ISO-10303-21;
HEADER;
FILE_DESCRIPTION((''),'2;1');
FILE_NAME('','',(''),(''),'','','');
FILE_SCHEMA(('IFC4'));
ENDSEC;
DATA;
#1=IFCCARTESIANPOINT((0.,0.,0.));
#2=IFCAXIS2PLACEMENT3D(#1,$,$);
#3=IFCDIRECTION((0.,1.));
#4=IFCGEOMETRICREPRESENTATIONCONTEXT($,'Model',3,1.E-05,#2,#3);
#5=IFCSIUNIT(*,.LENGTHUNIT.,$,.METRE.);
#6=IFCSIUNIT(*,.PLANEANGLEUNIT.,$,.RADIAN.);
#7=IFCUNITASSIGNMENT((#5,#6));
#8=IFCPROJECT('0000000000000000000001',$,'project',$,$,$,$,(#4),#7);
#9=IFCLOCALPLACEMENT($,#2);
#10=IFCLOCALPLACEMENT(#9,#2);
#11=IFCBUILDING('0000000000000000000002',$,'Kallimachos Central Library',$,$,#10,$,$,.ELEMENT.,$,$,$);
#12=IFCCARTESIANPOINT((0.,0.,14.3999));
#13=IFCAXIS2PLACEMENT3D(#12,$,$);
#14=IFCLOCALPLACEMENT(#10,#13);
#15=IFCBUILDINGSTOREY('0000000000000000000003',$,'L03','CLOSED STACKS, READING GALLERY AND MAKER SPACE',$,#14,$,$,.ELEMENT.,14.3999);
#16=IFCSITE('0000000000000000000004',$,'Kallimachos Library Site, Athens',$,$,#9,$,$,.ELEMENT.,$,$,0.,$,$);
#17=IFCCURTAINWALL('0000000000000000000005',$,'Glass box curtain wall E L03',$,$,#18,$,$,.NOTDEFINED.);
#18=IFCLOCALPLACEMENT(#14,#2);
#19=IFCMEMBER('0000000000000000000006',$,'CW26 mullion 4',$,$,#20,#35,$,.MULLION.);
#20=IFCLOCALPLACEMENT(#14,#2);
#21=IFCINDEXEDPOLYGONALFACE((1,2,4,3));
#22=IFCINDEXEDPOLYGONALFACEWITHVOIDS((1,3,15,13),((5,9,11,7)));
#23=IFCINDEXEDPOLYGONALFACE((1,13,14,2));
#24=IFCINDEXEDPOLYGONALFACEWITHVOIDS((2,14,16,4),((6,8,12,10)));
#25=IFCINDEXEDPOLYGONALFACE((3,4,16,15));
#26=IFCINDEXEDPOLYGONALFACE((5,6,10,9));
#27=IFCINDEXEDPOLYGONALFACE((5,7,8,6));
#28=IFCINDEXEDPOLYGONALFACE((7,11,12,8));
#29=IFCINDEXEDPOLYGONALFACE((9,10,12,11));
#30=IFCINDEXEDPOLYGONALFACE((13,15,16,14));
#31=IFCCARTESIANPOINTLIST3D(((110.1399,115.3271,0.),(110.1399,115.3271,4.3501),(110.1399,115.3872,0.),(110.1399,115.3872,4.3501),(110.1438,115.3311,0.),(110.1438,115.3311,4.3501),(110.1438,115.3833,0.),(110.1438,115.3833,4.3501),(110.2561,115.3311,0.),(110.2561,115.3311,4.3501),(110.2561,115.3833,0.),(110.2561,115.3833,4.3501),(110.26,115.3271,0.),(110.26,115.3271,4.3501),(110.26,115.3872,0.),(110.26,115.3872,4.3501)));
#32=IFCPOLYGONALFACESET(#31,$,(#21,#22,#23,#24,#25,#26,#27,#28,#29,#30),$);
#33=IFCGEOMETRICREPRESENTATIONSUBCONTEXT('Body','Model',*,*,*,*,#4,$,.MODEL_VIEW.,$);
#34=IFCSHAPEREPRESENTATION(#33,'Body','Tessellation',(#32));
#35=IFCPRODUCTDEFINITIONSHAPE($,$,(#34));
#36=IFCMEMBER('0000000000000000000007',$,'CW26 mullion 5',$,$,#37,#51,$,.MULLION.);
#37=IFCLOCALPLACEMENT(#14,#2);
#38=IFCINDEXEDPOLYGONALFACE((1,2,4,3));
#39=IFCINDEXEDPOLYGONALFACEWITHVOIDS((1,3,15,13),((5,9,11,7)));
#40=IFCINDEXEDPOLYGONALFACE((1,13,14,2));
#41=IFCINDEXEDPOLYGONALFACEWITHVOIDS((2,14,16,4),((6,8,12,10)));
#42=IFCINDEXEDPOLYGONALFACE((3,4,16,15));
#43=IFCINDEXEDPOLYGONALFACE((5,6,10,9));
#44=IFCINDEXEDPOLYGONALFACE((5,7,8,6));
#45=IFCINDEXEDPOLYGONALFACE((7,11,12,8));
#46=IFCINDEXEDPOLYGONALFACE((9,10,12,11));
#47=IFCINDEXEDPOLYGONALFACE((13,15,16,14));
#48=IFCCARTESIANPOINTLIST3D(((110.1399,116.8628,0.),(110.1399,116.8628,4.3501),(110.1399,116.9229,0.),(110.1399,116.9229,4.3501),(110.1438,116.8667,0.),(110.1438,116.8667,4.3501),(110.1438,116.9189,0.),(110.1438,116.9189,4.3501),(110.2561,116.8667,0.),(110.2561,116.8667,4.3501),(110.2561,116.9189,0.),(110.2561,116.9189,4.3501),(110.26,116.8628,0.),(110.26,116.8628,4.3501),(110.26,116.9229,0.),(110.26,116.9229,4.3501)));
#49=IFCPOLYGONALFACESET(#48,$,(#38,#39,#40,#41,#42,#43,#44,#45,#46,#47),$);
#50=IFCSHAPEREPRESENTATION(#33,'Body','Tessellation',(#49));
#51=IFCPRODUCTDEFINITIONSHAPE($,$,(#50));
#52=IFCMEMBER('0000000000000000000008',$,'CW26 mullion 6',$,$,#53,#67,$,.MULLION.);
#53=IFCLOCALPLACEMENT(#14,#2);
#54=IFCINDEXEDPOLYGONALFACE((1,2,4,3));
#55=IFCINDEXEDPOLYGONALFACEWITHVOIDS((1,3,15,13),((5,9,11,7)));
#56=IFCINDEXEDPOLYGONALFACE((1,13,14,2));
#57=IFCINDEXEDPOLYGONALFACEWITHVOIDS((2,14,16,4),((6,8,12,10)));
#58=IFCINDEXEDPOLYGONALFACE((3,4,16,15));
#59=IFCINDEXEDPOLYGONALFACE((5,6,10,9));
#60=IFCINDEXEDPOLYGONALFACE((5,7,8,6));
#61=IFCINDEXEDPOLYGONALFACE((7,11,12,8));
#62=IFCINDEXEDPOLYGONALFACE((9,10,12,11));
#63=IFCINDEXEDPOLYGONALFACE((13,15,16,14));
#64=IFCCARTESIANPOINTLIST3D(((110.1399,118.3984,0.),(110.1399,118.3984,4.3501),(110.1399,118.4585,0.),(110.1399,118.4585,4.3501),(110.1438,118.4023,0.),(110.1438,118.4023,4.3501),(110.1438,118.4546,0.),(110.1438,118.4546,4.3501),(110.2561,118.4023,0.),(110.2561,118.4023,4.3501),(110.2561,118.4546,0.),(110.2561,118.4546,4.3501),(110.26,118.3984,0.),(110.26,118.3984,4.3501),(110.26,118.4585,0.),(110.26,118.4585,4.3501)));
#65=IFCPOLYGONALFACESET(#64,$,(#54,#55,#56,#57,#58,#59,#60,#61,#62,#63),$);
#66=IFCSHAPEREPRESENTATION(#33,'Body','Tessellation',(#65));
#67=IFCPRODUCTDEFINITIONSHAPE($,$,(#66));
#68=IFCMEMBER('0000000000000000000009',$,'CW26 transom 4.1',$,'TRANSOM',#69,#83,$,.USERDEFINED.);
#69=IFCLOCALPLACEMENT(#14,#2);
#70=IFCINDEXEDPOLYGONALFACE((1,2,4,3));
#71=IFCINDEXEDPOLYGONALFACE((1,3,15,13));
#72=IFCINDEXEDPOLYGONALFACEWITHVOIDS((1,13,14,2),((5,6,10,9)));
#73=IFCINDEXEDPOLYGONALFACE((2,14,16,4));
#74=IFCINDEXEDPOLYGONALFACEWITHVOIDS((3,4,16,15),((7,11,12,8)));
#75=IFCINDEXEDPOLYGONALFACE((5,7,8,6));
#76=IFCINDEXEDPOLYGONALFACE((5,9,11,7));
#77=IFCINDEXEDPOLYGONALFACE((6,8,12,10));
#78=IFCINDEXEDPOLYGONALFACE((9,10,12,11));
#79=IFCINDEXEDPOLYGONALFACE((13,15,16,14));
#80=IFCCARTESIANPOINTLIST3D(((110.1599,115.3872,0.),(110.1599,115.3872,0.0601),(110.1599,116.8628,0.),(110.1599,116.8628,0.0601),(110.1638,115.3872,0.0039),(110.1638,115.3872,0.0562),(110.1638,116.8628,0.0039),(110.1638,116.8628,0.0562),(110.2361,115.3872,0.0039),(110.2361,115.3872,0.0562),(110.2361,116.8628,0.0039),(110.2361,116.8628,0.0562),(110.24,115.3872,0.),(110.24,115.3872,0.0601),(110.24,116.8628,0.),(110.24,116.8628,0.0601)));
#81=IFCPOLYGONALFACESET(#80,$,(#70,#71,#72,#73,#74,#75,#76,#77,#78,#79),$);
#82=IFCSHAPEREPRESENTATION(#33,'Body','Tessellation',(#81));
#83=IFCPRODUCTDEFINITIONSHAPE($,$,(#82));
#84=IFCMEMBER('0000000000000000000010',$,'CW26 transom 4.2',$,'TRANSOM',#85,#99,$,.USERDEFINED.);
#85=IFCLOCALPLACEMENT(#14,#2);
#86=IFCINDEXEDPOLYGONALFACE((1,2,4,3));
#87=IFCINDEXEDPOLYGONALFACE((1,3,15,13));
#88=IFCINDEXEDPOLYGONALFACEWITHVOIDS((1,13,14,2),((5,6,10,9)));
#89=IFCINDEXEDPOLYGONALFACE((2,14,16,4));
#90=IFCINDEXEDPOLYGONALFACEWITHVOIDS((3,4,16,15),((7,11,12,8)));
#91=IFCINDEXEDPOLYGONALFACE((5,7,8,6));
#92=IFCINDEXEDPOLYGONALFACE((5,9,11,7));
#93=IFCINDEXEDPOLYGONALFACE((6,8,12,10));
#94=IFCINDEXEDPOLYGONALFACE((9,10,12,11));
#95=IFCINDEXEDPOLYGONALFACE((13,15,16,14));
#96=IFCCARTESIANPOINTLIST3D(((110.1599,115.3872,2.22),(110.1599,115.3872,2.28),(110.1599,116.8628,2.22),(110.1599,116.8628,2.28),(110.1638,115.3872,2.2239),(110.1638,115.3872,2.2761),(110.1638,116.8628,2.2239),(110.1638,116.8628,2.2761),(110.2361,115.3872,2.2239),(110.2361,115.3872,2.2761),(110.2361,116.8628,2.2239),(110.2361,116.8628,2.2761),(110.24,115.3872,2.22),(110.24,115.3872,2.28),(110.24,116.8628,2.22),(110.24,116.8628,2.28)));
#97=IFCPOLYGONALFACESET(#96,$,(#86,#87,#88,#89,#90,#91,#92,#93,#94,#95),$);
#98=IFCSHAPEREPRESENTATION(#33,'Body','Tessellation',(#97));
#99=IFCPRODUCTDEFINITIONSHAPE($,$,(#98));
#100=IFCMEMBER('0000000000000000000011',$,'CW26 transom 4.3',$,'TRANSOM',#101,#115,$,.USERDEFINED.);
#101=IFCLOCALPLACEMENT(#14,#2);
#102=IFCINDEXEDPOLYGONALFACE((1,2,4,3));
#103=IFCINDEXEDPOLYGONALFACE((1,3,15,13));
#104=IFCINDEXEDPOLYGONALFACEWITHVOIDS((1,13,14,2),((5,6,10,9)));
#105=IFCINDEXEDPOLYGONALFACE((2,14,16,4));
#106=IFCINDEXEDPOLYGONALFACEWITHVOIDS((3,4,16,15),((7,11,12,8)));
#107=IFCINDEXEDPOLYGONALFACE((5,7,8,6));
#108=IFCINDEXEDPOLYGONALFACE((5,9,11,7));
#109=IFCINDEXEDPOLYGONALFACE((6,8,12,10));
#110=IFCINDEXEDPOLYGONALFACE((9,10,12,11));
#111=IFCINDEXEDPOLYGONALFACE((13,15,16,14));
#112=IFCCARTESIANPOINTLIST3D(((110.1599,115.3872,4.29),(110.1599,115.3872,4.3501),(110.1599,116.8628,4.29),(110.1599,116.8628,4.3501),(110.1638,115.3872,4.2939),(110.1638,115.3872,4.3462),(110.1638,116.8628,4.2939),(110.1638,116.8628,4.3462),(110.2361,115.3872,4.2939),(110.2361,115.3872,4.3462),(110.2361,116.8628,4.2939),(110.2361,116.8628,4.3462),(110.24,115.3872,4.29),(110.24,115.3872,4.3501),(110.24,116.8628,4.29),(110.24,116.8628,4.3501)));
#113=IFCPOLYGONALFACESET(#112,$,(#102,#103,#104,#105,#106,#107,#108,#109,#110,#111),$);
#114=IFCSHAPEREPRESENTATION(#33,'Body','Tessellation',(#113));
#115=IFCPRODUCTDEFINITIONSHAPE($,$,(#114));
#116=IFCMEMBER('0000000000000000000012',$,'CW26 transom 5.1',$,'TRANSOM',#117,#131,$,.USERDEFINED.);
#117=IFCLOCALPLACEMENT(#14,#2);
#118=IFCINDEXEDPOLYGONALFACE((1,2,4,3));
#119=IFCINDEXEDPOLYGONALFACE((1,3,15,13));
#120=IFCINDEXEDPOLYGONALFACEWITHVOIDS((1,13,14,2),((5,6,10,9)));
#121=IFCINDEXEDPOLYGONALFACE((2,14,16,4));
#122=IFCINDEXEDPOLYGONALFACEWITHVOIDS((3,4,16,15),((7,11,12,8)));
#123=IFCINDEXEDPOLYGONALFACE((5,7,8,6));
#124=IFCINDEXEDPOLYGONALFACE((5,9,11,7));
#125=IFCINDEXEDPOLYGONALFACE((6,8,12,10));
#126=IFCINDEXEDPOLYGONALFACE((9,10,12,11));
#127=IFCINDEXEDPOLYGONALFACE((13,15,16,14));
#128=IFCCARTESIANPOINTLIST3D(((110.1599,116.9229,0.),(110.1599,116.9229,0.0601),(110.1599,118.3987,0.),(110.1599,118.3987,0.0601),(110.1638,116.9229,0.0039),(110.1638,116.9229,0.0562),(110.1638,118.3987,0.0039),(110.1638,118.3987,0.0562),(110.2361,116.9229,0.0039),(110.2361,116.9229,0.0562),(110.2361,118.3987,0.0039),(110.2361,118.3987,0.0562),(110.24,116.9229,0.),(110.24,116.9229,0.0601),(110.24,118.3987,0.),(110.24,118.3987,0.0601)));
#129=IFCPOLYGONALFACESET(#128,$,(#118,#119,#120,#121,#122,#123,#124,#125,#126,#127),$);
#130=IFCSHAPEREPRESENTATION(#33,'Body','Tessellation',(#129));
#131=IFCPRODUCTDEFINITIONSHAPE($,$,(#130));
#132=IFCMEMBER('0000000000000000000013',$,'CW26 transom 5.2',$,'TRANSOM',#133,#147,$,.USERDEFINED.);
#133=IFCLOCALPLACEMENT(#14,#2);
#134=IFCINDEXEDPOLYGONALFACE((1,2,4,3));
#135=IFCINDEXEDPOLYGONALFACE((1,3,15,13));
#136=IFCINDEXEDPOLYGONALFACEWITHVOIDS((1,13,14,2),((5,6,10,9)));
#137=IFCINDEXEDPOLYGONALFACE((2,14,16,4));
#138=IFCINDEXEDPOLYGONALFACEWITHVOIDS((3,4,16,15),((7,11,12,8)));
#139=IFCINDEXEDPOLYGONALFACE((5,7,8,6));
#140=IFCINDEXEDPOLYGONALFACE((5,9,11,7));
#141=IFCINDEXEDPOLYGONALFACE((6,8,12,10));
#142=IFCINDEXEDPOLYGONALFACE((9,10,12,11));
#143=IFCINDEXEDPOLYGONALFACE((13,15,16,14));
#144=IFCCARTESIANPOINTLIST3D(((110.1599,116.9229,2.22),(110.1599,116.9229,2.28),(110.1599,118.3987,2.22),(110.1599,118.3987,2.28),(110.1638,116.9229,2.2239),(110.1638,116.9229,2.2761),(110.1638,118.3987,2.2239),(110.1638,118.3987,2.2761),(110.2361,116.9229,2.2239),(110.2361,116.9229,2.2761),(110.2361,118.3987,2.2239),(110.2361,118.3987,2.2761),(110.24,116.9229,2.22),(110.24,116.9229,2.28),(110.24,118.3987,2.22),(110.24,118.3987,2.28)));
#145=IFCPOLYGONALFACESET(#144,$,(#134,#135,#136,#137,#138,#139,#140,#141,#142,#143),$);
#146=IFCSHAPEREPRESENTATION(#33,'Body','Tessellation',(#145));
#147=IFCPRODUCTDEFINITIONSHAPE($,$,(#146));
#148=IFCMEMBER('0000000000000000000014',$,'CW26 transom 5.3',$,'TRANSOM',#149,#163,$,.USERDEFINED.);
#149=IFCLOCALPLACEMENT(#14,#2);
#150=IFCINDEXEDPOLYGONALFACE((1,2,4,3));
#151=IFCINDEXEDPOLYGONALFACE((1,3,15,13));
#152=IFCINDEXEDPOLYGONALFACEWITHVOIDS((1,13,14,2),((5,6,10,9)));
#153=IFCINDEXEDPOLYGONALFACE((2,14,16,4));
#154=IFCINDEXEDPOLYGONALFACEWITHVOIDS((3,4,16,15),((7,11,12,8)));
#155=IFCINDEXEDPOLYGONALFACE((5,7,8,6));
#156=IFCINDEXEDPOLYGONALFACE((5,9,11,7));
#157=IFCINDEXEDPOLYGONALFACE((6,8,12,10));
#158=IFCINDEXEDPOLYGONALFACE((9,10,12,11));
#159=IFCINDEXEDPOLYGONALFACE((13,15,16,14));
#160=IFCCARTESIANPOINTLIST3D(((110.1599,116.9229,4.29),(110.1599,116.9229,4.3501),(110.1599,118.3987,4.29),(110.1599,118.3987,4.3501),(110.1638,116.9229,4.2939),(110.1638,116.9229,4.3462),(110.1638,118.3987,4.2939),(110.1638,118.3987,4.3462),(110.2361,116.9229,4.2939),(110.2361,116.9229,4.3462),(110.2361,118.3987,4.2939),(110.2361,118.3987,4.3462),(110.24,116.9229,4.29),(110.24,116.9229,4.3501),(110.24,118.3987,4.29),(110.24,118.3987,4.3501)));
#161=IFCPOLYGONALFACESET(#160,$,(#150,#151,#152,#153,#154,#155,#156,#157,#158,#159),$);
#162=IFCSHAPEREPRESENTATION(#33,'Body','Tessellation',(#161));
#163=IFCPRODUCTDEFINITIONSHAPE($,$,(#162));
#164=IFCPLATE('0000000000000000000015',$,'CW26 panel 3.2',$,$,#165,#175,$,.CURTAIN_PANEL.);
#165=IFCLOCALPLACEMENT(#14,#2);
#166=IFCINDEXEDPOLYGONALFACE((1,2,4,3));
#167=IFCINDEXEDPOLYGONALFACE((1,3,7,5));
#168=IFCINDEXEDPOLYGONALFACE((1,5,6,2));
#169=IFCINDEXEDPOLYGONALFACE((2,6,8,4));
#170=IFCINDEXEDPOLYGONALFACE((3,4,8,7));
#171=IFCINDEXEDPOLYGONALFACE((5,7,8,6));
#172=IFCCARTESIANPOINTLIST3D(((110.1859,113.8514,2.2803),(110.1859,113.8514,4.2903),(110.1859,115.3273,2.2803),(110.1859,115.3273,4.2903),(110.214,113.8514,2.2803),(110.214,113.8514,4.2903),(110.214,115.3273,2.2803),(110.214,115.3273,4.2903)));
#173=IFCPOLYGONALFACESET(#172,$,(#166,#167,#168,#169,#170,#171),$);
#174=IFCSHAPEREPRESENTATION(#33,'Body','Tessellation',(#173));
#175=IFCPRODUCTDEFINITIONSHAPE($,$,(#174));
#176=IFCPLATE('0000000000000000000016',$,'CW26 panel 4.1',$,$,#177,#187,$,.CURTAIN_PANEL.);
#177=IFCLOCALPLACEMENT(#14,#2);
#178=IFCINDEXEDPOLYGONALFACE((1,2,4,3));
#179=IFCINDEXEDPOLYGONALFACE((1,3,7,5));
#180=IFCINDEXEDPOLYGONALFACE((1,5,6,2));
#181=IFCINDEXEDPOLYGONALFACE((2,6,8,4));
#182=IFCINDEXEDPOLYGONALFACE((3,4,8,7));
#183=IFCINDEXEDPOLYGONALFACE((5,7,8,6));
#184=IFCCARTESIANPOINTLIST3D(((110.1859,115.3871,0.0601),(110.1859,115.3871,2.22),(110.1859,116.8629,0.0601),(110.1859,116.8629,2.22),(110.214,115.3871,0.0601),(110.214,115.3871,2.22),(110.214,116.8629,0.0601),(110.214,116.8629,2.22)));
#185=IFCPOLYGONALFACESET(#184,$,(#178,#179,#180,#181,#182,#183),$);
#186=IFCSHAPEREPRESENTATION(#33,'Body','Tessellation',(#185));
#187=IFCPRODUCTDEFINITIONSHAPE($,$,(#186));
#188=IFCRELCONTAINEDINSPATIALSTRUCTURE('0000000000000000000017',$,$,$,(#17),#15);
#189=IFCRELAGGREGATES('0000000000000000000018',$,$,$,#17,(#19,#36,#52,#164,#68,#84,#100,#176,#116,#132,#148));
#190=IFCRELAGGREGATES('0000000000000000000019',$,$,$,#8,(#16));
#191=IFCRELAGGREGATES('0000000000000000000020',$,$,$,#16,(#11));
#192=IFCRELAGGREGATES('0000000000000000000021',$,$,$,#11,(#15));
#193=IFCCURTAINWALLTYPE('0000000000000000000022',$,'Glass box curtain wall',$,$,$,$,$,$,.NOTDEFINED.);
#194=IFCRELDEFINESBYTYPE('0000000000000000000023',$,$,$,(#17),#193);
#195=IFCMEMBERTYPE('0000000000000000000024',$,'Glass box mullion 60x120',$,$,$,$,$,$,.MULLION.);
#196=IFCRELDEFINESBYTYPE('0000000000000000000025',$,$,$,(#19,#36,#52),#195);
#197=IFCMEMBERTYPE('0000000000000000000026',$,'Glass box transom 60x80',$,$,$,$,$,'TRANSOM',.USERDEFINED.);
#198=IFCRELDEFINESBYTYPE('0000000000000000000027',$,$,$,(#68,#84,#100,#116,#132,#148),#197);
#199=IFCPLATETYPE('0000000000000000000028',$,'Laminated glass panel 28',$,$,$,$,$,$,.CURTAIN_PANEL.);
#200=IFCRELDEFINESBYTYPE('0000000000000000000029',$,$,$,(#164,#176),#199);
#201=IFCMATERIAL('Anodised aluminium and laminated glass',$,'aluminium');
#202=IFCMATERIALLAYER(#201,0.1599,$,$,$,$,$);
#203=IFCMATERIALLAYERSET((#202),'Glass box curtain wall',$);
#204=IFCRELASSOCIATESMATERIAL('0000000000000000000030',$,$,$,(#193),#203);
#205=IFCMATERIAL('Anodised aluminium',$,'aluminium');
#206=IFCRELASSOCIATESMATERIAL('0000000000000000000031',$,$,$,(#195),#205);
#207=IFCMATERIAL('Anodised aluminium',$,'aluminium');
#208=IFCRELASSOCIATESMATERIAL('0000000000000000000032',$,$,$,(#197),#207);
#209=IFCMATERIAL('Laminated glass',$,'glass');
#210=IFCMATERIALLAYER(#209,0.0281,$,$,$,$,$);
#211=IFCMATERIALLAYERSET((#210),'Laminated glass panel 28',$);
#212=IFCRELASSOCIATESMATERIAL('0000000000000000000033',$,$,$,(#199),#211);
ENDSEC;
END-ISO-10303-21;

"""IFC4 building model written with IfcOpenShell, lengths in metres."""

from ifc_helpers import new_model, si_unit, direction, frame, origin, origin_2d, place, context, subcontext, project, spatial, rectangle, hollow_rectangle, extrude, material, layer, layer_set, material_profile, profile_set, type_object, element, aggregate, save


model = new_model("IFC4")

# Units and contexts
model_context = context("Model", 3, precision=1e-05, world=origin(), true_north=direction((0.0, 1.0)))
body_context = subcontext(model_context, "Body", "Model", "MODEL_VIEW")
ifc_project = project(units=[si_unit("LENGTHUNIT", "METRE"), si_unit("PLANEANGLEUNIT", "RADIAN")], contexts=[model_context])

# Site, building, storey
site_placement = place(None, origin())
site = spatial("IfcSite", under=ifc_project, at=site_placement, Name="Kallimachos Library Site, Athens", CompositionType="ELEMENT", RefElevation=0.0)
building_placement = place(site_placement, origin())
building = spatial("IfcBuilding", under=site, at=building_placement, Name="Kallimachos Central Library", CompositionType="ELEMENT")
storey_placement = place(building_placement, frame((0.0, 0.0, 14.3999)))
storey = spatial("IfcBuildingStorey", under=building, at=storey_placement, Name="L03", Description="CLOSED STACKS, READING GALLERY AND MAKER SPACE", CompositionType="ELEMENT", Elevation=14.3999)

# Curtain wall, members, plates
ifc_material_1 = material(Name="Anodised aluminium and laminated glass", Category="aluminium")
ifc_layer_1 = layer(ifc_material_1, 0.1599)
ifc_layer_set_1 = layer_set([ifc_layer_1], Name="Glass box curtain wall")
curtain_wall_type = type_object("IfcCurtainWallType", Name="Glass box curtain wall", PredefinedType="NOTDEFINED", material=ifc_layer_set_1)
curtain_wall_placement = place(storey_placement, origin())
curtain_wall = element("IfcCurtainWall", 1, at=curtain_wall_placement, inside=storey, type_object=curtain_wall_type, Name="Glass box curtain wall E L03", PredefinedType="NOTDEFINED")
ifc_material_2 = material(Name="Anodised aluminium", Category="aluminium")
ifc_material_profile_1 = material_profile(ifc_material_2, hollow_rectangle(XDim=0.0601, YDim=0.1201, WallThickness=0.0039, at=origin_2d()), Name="ALU MULLION 60x120")
ifc_profile_set_1 = profile_set([ifc_material_profile_1], Name="Anodised aluminium")
member_type_1 = type_object("IfcMemberType", Name="Glass box mullion 60x120", PredefinedType="MULLION", material=ifc_profile_set_1)
member_1_placement = place(storey_placement, frame((110.2, 115.3572, 0.0), z_axis=(0.0, 0.0, 1.0), x_axis=(0.0, 1.0, 0.0)))
member_1 = element("IfcMember", 2, at=member_1_placement, type_object=member_type_1, Name="CW26 mullion 4", PredefinedType="MULLION", context=body_context, shape_type="SweptSolid", body=[
    extrude(hollow_rectangle(XDim=0.0601, YDim=0.1201, WallThickness=0.0039, at=origin_2d()), origin(), (0.0, 0.0, 1.0), 4.3501),
])
member_2_placement = place(storey_placement, frame((110.2, 116.8928, 0.0), z_axis=(0.0, 0.0, 1.0), x_axis=(0.0, 1.0, 0.0)))
member_2 = element("IfcMember", 3, at=member_2_placement, type_object=member_type_1, Name="CW26 mullion 5", PredefinedType="MULLION", context=body_context, shape_type="SweptSolid", body=[
    extrude(hollow_rectangle(XDim=0.0601, YDim=0.1201, WallThickness=0.0039, at=origin_2d()), origin(), (0.0, 0.0, 1.0), 4.3501),
])
member_3_placement = place(storey_placement, frame((110.2, 118.4285, 0.0), z_axis=(0.0, 0.0, 1.0), x_axis=(0.0, 1.0, 0.0)))
member_3 = element("IfcMember", 4, at=member_3_placement, type_object=member_type_1, Name="CW26 mullion 6", PredefinedType="MULLION", context=body_context, shape_type="SweptSolid", body=[
    extrude(hollow_rectangle(XDim=0.0601, YDim=0.1201, WallThickness=0.0039, at=origin_2d()), origin(), (0.0, 0.0, 1.0), 4.3501),
])
ifc_material_3 = material(Name="Anodised aluminium", Category="aluminium")
ifc_material_profile_2 = material_profile(ifc_material_3, hollow_rectangle(XDim=0.0601, YDim=0.0801, WallThickness=0.0039, at=origin_2d()), Name="ALU TRANSOM 60x80")
ifc_profile_set_2 = profile_set([ifc_material_profile_2], Name="Anodised aluminium")
member_type_2 = type_object("IfcMemberType", Name="Glass box transom 60x80", ElementType="TRANSOM", PredefinedType="USERDEFINED", material=ifc_profile_set_2)
member_4_placement = place(storey_placement, frame((110.2, 115.3872, 0.03), z_axis=(0.0, 1.0, 0.0), x_axis=(0.0, 0.0, 1.0)))
member_4 = element("IfcMember", 5, at=member_4_placement, type_object=member_type_2, Name="CW26 transom 4.1", ObjectType="TRANSOM", PredefinedType="USERDEFINED", context=body_context, shape_type="SweptSolid", body=[
    extrude(hollow_rectangle(XDim=0.0601, YDim=0.0801, WallThickness=0.0039, at=origin_2d()), origin(), (0.0, 0.0, 1.0), 1.4756),
])
member_5_placement = place(storey_placement, frame((110.2, 115.3872, 2.25), z_axis=(0.0, 1.0, 0.0), x_axis=(0.0, 0.0, 1.0)))
member_5 = element("IfcMember", 6, at=member_5_placement, type_object=member_type_2, Name="CW26 transom 4.2", ObjectType="TRANSOM", PredefinedType="USERDEFINED", context=body_context, shape_type="SweptSolid", body=[
    extrude(hollow_rectangle(XDim=0.0601, YDim=0.0801, WallThickness=0.0039, at=origin_2d()), origin(), (0.0, 0.0, 1.0), 1.4756),
])
member_6_placement = place(storey_placement, frame((110.2, 115.3872, 4.3201), z_axis=(0.0, 1.0, 0.0), x_axis=(0.0, 0.0, 1.0)))
member_6 = element("IfcMember", 7, at=member_6_placement, type_object=member_type_2, Name="CW26 transom 4.3", ObjectType="TRANSOM", PredefinedType="USERDEFINED", context=body_context, shape_type="SweptSolid", body=[
    extrude(hollow_rectangle(XDim=0.0601, YDim=0.0801, WallThickness=0.0039, at=origin_2d()), origin(), (0.0, 0.0, 1.0), 1.4756),
])
member_7_placement = place(storey_placement, frame((110.2, 116.9229, 0.03), z_axis=(0.0, 1.0, 0.0), x_axis=(0.0, 0.0, 1.0)))
member_7 = element("IfcMember", 8, at=member_7_placement, type_object=member_type_2, Name="CW26 transom 5.1", ObjectType="TRANSOM", PredefinedType="USERDEFINED", context=body_context, shape_type="SweptSolid", body=[
    extrude(hollow_rectangle(XDim=0.0601, YDim=0.0801, WallThickness=0.0039, at=origin_2d()), origin(), (0.0, 0.0, 1.0), 1.4758),
])
member_8_placement = place(storey_placement, frame((110.2, 116.9229, 2.25), z_axis=(0.0, 1.0, 0.0), x_axis=(0.0, 0.0, 1.0)))
member_8 = element("IfcMember", 9, at=member_8_placement, type_object=member_type_2, Name="CW26 transom 5.2", ObjectType="TRANSOM", PredefinedType="USERDEFINED", context=body_context, shape_type="SweptSolid", body=[
    extrude(hollow_rectangle(XDim=0.0601, YDim=0.0801, WallThickness=0.0039, at=origin_2d()), origin(), (0.0, 0.0, 1.0), 1.4758),
])
member_9_placement = place(storey_placement, frame((110.2, 116.9229, 4.3201), z_axis=(0.0, 1.0, 0.0), x_axis=(0.0, 0.0, 1.0)))
member_9 = element("IfcMember", 10, at=member_9_placement, type_object=member_type_2, Name="CW26 transom 5.3", ObjectType="TRANSOM", PredefinedType="USERDEFINED", context=body_context, shape_type="SweptSolid", body=[
    extrude(hollow_rectangle(XDim=0.0601, YDim=0.0801, WallThickness=0.0039, at=origin_2d()), origin(), (0.0, 0.0, 1.0), 1.4758),
])
ifc_material_4 = material(Name="Laminated glass", Category="glass")
ifc_layer_2 = layer(ifc_material_4, 0.0281)
ifc_layer_set_2 = layer_set([ifc_layer_2], Name="Laminated glass panel 28")
plate_type = type_object("IfcPlateType", Name="Laminated glass panel 28", PredefinedType="CURTAIN_PANEL", material=ifc_layer_set_2)
plate_1_placement = place(storey_placement, frame((110.2, 114.5894, 2.2803), z_axis=(0.0, 0.0, 1.0), x_axis=(0.0, 1.0, 0.0)))
plate_1 = element("IfcPlate", 11, at=plate_1_placement, type_object=plate_type, Name="CW26 panel 3.2", PredefinedType="CURTAIN_PANEL", context=body_context, shape_type="SweptSolid", body=[
    extrude(rectangle(XDim=1.4758, YDim=0.0281, at=origin_2d()), origin(), (0.0, 0.0, 1.0), 2.01),
])
plate_2_placement = place(storey_placement, frame((110.2, 116.125, 0.0601), z_axis=(0.0, 0.0, 1.0), x_axis=(0.0, 1.0, 0.0)))
plate_2 = element("IfcPlate", 12, at=plate_2_placement, type_object=plate_type, Name="CW26 panel 4.1", PredefinedType="CURTAIN_PANEL", context=body_context, shape_type="SweptSolid", body=[
    extrude(rectangle(XDim=1.4758, YDim=0.0281, at=origin_2d()), origin(), (0.0, 0.0, 1.0), 2.1599),
])
aggregate(curtain_wall, [member_1, member_2, member_3, plate_1, member_4, member_5, member_6, plate_2, member_7, member_8, member_9])

save(model, "model.ifc")
